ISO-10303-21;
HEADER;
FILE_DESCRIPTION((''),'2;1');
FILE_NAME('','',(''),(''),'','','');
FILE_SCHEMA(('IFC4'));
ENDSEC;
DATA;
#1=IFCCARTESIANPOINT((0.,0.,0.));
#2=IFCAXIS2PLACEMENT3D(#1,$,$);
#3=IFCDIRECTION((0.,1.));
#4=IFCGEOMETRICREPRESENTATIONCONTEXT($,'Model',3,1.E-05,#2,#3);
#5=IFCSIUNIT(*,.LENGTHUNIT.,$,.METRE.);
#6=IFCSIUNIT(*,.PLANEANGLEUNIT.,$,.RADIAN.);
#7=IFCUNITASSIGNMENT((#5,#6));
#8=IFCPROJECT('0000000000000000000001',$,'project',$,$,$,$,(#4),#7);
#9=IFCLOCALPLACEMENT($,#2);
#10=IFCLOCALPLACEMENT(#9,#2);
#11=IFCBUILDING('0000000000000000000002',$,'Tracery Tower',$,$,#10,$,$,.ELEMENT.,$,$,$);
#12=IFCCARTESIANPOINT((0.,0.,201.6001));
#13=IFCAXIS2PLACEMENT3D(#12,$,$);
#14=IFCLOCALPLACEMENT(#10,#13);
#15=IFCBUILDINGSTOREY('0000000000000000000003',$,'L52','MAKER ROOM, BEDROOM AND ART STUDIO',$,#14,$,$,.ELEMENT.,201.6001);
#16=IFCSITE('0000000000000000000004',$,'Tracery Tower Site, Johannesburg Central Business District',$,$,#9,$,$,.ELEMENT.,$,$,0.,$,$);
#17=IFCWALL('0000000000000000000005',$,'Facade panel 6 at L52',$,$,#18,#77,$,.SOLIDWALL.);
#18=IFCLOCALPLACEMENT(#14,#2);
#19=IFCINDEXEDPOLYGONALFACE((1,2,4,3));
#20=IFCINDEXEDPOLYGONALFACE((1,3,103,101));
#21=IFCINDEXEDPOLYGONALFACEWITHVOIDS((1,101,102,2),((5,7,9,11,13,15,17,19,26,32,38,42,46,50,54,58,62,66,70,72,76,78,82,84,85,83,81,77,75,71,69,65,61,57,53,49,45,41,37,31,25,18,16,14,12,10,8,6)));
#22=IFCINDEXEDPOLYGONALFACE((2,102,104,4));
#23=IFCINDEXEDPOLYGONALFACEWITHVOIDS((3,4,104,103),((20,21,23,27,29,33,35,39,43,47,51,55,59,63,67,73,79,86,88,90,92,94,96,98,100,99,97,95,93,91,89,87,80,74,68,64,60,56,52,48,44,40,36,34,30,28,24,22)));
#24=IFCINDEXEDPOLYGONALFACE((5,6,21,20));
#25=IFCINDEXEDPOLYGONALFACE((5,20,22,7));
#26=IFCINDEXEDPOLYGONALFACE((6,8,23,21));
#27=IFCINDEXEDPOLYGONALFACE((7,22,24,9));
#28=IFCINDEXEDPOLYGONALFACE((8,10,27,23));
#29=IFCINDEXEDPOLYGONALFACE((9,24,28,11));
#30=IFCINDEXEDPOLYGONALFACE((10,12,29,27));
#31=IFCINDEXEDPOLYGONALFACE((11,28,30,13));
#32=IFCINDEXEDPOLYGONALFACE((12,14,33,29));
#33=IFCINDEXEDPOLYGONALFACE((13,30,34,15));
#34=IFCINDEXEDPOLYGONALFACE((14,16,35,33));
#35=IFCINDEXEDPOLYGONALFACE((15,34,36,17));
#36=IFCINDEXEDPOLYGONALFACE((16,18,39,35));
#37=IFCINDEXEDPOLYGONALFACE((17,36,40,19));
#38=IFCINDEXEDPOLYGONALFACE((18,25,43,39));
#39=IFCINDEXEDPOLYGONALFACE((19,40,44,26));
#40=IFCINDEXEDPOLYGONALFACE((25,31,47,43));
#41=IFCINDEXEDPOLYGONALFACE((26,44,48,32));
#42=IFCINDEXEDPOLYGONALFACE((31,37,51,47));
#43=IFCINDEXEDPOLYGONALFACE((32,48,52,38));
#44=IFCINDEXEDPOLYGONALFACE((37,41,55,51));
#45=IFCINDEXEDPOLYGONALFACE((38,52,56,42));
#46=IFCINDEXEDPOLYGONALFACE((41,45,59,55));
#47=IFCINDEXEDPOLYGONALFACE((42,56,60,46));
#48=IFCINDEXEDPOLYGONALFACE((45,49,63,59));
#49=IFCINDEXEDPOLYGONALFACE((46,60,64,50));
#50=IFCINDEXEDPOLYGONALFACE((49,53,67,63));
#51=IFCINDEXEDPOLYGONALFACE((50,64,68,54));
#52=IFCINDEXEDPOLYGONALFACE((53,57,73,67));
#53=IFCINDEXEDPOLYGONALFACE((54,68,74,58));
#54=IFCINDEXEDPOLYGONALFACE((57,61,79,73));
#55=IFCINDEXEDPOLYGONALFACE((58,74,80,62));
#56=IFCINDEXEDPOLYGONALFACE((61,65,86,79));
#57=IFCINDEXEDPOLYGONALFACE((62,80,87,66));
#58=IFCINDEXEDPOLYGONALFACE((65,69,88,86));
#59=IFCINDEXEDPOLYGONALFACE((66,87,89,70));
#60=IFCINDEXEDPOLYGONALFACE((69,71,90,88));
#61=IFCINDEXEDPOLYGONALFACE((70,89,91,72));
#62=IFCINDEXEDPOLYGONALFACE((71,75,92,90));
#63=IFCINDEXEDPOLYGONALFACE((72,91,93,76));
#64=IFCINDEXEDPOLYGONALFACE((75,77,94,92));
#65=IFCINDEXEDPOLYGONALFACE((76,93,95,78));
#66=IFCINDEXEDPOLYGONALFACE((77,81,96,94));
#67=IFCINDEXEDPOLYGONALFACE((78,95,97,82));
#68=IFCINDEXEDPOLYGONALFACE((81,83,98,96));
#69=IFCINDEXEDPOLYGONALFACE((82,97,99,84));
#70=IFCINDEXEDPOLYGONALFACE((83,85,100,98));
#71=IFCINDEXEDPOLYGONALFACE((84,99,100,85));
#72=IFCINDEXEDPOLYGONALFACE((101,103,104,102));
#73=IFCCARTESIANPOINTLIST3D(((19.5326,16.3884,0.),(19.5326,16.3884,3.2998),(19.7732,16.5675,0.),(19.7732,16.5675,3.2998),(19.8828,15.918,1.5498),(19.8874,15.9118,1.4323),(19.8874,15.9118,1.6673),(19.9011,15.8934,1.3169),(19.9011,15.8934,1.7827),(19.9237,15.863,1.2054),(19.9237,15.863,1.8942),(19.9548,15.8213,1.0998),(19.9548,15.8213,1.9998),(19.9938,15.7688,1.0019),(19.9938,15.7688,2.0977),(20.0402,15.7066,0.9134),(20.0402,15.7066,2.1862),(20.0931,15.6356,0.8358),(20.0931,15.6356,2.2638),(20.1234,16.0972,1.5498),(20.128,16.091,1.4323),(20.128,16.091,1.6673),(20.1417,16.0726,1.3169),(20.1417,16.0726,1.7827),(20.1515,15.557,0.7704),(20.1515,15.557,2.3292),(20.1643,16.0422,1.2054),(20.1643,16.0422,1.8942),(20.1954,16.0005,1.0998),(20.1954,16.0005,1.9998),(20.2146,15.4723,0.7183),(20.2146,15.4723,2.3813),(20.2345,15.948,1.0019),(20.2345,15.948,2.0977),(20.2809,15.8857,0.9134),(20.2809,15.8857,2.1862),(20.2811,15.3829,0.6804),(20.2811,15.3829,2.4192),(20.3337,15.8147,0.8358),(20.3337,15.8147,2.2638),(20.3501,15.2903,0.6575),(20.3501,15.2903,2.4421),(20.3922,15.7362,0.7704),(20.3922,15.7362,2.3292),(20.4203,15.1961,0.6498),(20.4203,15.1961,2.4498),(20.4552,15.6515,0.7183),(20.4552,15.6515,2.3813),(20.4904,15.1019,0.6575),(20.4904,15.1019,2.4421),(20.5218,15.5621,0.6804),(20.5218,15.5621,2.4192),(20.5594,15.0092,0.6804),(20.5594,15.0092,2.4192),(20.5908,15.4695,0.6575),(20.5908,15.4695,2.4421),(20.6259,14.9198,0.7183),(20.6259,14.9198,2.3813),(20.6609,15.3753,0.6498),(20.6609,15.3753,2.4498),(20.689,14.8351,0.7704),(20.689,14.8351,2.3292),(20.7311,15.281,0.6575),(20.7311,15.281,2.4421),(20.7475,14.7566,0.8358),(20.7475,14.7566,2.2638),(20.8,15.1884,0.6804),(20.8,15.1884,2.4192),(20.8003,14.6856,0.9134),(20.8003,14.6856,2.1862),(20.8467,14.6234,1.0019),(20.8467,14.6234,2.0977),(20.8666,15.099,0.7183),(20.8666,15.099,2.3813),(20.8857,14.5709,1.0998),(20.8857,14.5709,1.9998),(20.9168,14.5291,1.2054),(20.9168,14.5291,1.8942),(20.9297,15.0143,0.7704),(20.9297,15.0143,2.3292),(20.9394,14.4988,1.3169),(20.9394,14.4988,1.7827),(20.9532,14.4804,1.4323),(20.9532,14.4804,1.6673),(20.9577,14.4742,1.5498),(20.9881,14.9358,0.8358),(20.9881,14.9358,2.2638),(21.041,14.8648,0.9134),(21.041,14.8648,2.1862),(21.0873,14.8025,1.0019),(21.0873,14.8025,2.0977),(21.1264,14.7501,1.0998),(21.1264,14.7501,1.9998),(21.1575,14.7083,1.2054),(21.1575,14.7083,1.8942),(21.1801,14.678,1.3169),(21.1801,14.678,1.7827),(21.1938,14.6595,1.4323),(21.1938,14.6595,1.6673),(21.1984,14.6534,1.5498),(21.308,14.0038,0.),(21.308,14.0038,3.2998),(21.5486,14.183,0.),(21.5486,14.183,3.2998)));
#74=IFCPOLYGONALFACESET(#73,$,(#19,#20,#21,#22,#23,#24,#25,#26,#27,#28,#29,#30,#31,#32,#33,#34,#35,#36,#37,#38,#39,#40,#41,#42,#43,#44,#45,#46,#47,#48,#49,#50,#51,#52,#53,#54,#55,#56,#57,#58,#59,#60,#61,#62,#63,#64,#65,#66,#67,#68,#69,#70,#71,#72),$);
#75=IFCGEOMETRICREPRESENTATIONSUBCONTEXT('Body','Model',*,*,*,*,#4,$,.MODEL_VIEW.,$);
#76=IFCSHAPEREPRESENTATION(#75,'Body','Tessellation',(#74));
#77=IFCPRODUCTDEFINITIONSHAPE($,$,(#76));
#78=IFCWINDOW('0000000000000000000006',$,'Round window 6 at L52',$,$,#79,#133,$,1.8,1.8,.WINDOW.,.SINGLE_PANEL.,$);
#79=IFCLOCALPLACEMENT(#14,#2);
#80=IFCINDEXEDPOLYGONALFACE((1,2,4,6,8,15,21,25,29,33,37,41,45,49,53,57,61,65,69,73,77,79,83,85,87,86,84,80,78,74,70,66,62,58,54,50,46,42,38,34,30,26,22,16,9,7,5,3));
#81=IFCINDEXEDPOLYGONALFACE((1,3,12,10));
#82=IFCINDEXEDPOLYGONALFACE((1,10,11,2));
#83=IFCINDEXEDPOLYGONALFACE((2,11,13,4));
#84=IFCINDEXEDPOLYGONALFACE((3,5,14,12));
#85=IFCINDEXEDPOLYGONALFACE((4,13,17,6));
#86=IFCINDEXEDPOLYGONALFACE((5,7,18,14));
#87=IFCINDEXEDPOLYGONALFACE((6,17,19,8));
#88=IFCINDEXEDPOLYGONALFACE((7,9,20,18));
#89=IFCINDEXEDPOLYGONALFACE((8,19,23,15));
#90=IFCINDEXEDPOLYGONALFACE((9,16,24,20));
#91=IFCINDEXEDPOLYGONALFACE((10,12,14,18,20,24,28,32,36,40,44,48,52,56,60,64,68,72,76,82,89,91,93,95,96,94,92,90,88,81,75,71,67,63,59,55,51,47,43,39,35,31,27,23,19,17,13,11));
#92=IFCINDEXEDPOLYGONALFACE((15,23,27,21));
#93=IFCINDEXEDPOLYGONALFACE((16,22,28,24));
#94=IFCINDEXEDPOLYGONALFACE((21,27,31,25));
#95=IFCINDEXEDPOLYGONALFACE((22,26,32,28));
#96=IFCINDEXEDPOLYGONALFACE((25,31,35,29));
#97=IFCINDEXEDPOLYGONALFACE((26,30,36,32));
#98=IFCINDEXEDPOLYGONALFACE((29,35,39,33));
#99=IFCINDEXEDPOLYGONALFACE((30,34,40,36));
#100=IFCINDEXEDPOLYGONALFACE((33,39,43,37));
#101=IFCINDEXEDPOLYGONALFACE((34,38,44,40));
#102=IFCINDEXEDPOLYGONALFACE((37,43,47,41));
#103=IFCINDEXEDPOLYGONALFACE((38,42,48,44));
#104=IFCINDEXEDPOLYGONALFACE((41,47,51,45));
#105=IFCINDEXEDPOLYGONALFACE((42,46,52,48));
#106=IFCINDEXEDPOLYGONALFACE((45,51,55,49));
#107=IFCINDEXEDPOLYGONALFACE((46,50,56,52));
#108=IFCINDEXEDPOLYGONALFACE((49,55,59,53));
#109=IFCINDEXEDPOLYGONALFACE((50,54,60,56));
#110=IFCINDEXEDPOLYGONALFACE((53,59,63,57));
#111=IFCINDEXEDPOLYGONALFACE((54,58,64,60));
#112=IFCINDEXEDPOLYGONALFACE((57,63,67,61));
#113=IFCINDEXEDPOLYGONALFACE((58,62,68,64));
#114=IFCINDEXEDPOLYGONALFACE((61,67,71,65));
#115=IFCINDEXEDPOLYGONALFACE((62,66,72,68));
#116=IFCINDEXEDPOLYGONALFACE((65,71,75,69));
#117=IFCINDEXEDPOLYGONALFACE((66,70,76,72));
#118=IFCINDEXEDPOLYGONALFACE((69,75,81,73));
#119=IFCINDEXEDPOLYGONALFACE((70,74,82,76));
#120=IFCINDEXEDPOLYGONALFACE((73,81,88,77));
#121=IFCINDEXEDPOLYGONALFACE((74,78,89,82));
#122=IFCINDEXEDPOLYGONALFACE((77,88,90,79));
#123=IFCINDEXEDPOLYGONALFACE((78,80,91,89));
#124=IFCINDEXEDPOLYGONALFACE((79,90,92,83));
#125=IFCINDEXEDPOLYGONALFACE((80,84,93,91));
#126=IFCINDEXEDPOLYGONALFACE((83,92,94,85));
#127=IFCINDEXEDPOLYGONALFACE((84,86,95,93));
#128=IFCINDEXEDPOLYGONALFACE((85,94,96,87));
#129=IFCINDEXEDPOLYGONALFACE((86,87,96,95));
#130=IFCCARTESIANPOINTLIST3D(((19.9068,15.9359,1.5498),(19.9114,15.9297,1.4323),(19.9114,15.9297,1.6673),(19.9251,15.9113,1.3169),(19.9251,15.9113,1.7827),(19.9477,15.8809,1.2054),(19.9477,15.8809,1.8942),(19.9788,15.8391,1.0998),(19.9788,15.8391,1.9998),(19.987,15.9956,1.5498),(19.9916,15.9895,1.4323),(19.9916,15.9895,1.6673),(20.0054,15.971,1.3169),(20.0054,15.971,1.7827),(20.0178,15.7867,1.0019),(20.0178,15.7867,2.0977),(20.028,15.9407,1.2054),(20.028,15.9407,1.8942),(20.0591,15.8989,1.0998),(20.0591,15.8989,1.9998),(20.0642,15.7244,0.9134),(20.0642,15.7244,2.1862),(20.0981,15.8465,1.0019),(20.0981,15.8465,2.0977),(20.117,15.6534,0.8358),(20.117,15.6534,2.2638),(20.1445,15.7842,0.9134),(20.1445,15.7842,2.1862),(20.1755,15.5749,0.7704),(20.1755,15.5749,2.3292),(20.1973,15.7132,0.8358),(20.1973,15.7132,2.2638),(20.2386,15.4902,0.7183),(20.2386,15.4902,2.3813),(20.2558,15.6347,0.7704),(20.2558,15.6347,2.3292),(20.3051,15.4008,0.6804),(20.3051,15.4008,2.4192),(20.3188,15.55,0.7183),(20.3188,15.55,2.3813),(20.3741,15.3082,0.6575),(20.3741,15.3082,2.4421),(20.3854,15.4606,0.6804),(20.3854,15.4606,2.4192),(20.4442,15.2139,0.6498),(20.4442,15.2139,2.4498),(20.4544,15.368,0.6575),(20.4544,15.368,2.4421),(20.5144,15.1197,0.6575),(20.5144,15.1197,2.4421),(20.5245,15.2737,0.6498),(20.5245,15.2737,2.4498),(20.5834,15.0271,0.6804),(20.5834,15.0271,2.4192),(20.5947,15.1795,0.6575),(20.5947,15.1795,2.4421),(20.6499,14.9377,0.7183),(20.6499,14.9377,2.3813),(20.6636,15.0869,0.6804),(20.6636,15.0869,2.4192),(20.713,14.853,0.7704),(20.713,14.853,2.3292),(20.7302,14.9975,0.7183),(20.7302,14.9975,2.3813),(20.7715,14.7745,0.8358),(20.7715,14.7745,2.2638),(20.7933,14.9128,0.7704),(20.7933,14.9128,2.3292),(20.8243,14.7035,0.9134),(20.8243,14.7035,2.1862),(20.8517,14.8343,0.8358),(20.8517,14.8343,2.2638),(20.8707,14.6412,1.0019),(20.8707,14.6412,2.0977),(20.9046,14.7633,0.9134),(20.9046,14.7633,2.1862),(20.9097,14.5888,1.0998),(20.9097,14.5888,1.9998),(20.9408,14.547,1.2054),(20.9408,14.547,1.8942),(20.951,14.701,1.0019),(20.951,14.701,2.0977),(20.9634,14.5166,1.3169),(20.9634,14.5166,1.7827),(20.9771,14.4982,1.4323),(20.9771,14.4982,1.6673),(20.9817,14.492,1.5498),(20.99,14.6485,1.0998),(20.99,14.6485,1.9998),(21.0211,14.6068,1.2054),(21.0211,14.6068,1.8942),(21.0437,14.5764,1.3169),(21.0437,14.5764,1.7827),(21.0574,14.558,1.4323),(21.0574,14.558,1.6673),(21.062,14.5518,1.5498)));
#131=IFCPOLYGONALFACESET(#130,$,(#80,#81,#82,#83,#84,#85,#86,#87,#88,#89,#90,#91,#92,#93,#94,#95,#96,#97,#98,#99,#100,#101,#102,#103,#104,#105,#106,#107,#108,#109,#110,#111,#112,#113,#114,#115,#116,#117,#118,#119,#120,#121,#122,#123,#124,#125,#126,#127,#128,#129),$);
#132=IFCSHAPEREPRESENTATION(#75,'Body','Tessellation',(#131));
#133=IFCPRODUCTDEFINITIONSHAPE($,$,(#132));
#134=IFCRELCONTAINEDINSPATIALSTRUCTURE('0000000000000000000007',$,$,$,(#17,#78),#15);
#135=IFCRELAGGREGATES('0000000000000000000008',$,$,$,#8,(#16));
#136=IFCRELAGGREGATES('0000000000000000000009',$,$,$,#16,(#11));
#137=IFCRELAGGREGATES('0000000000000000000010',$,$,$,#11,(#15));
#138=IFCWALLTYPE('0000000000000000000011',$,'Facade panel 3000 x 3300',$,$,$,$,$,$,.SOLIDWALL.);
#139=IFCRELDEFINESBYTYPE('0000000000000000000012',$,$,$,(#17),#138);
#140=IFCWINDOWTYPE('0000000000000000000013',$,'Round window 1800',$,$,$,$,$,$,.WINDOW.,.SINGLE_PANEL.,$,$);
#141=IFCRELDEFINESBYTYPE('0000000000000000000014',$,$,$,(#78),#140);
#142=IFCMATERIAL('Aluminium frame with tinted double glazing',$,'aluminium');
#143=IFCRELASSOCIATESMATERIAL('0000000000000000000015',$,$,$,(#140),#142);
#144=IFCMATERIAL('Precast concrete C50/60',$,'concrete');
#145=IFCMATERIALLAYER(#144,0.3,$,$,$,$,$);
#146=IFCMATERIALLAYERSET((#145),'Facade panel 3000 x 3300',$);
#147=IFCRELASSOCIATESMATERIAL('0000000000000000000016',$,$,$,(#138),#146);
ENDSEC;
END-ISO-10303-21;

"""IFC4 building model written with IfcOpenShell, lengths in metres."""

from ifc_helpers import new_model, si_unit, direction, frame, frame_2d, origin, origin_2d, place, context, subcontext, project, spatial, rectangle, circle, extrude, material, layer, layer_set, type_object, element, fill, save


model = new_model("IFC4")

# Units and contexts
model_context = context("Model", 3, precision=1e-05, world=origin(), true_north=direction((0.0, 1.0)))
body_context = subcontext(model_context, "Body", "Model", "MODEL_VIEW")
ifc_project = project(units=[si_unit("LENGTHUNIT", "METRE"), si_unit("PLANEANGLEUNIT", "RADIAN")], contexts=[model_context])

# Site, building, storey
site_placement = place(None, origin())
site = spatial("IfcSite", under=ifc_project, at=site_placement, Name="Tracery Tower Site, Johannesburg Central Business District", CompositionType="ELEMENT", RefElevation=0.0)
building_placement = place(site_placement, origin())
building = spatial("IfcBuilding", under=site, at=building_placement, Name="Tracery Tower", CompositionType="ELEMENT")
storey_placement = place(building_placement, frame((0.0, 0.0, 201.6001)))
storey = spatial("IfcBuildingStorey", under=building, at=storey_placement, Name="L52", Description="MAKER ROOM, BEDROOM AND ART STUDIO", CompositionType="ELEMENT", Elevation=201.6001)

# Wall, opening, window
ifc_material_1 = material(Name="Aluminium frame with tinted double glazing", Category="aluminium")
window_type = type_object("IfcWindowType", Name="Round window 1800", PartitioningType="SINGLE_PANEL", PredefinedType="WINDOW", material=ifc_material_1)
ifc_material_2 = material(Name="Precast concrete C50/60", Category="concrete")
ifc_layer_1 = layer(ifc_material_2, 0.3)
ifc_layer_set_1 = layer_set([ifc_layer_1], Name="Facade panel 3000 x 3300")
wall_type_1 = type_object("IfcWallType", Name="Facade panel 3000 x 3300", PredefinedType="SOLIDWALL", material=ifc_layer_set_1)
wall_1_placement = place(storey_placement, frame((21.4282, 14.0935, 0.0), z_axis=(0.0, 0.0, 1.0), x_axis=(-0.597198, 0.802094, 0.0)))
wall_1 = element("IfcWall", 1, at=wall_1_placement, inside=storey, type_object=wall_type_1, Name="Facade panel 6 at L52", PredefinedType="SOLIDWALL", context=body_context, shape_type="SweptSolid", body=[
    extrude(rectangle(XDim=2.9729, YDim=0.3, at=frame_2d((1.4863, 0.0))), origin(), (0.0, 0.0, 1.0), 3.2998),
])
opening_1_placement = place(wall_1_placement, frame((1.4863, 0.0, 1.5498)))
opening_1 = element("IfcOpeningElement", 2, at=opening_1_placement, cuts=wall_1, PredefinedType="OPENING", context=body_context, shape_type="SweptSolid", body=[
    extrude(circle(Radius=0.9, at=origin_2d()), frame((0.0, 0.1599, 0.0), z_axis=(0.0, -1.0, 0.0), x_axis=(1.0, 0.0, 0.0)), (0.0, 0.0, 1.0), 0.3201),
])
window_1_placement = place(opening_1_placement, origin())
window_1 = element("IfcWindow", 3, at=window_1_placement, inside=storey, type_object=window_type, Name="Round window 6 at L52", OverallHeight=1.8, OverallWidth=1.8, PartitioningType="SINGLE_PANEL", PredefinedType="WINDOW", context=body_context, shape_type="SweptSolid", body=[
    extrude(circle(Radius=0.9, at=origin_2d()), frame((0.0, 0.1201, 0.0), z_axis=(0.0, -1.0, 0.0), x_axis=(1.0, 0.0, 0.0)), (0.0, 0.0, 1.0), 0.1001),
])
fill(opening_1, window_1)

save(model, "model.ifc")
